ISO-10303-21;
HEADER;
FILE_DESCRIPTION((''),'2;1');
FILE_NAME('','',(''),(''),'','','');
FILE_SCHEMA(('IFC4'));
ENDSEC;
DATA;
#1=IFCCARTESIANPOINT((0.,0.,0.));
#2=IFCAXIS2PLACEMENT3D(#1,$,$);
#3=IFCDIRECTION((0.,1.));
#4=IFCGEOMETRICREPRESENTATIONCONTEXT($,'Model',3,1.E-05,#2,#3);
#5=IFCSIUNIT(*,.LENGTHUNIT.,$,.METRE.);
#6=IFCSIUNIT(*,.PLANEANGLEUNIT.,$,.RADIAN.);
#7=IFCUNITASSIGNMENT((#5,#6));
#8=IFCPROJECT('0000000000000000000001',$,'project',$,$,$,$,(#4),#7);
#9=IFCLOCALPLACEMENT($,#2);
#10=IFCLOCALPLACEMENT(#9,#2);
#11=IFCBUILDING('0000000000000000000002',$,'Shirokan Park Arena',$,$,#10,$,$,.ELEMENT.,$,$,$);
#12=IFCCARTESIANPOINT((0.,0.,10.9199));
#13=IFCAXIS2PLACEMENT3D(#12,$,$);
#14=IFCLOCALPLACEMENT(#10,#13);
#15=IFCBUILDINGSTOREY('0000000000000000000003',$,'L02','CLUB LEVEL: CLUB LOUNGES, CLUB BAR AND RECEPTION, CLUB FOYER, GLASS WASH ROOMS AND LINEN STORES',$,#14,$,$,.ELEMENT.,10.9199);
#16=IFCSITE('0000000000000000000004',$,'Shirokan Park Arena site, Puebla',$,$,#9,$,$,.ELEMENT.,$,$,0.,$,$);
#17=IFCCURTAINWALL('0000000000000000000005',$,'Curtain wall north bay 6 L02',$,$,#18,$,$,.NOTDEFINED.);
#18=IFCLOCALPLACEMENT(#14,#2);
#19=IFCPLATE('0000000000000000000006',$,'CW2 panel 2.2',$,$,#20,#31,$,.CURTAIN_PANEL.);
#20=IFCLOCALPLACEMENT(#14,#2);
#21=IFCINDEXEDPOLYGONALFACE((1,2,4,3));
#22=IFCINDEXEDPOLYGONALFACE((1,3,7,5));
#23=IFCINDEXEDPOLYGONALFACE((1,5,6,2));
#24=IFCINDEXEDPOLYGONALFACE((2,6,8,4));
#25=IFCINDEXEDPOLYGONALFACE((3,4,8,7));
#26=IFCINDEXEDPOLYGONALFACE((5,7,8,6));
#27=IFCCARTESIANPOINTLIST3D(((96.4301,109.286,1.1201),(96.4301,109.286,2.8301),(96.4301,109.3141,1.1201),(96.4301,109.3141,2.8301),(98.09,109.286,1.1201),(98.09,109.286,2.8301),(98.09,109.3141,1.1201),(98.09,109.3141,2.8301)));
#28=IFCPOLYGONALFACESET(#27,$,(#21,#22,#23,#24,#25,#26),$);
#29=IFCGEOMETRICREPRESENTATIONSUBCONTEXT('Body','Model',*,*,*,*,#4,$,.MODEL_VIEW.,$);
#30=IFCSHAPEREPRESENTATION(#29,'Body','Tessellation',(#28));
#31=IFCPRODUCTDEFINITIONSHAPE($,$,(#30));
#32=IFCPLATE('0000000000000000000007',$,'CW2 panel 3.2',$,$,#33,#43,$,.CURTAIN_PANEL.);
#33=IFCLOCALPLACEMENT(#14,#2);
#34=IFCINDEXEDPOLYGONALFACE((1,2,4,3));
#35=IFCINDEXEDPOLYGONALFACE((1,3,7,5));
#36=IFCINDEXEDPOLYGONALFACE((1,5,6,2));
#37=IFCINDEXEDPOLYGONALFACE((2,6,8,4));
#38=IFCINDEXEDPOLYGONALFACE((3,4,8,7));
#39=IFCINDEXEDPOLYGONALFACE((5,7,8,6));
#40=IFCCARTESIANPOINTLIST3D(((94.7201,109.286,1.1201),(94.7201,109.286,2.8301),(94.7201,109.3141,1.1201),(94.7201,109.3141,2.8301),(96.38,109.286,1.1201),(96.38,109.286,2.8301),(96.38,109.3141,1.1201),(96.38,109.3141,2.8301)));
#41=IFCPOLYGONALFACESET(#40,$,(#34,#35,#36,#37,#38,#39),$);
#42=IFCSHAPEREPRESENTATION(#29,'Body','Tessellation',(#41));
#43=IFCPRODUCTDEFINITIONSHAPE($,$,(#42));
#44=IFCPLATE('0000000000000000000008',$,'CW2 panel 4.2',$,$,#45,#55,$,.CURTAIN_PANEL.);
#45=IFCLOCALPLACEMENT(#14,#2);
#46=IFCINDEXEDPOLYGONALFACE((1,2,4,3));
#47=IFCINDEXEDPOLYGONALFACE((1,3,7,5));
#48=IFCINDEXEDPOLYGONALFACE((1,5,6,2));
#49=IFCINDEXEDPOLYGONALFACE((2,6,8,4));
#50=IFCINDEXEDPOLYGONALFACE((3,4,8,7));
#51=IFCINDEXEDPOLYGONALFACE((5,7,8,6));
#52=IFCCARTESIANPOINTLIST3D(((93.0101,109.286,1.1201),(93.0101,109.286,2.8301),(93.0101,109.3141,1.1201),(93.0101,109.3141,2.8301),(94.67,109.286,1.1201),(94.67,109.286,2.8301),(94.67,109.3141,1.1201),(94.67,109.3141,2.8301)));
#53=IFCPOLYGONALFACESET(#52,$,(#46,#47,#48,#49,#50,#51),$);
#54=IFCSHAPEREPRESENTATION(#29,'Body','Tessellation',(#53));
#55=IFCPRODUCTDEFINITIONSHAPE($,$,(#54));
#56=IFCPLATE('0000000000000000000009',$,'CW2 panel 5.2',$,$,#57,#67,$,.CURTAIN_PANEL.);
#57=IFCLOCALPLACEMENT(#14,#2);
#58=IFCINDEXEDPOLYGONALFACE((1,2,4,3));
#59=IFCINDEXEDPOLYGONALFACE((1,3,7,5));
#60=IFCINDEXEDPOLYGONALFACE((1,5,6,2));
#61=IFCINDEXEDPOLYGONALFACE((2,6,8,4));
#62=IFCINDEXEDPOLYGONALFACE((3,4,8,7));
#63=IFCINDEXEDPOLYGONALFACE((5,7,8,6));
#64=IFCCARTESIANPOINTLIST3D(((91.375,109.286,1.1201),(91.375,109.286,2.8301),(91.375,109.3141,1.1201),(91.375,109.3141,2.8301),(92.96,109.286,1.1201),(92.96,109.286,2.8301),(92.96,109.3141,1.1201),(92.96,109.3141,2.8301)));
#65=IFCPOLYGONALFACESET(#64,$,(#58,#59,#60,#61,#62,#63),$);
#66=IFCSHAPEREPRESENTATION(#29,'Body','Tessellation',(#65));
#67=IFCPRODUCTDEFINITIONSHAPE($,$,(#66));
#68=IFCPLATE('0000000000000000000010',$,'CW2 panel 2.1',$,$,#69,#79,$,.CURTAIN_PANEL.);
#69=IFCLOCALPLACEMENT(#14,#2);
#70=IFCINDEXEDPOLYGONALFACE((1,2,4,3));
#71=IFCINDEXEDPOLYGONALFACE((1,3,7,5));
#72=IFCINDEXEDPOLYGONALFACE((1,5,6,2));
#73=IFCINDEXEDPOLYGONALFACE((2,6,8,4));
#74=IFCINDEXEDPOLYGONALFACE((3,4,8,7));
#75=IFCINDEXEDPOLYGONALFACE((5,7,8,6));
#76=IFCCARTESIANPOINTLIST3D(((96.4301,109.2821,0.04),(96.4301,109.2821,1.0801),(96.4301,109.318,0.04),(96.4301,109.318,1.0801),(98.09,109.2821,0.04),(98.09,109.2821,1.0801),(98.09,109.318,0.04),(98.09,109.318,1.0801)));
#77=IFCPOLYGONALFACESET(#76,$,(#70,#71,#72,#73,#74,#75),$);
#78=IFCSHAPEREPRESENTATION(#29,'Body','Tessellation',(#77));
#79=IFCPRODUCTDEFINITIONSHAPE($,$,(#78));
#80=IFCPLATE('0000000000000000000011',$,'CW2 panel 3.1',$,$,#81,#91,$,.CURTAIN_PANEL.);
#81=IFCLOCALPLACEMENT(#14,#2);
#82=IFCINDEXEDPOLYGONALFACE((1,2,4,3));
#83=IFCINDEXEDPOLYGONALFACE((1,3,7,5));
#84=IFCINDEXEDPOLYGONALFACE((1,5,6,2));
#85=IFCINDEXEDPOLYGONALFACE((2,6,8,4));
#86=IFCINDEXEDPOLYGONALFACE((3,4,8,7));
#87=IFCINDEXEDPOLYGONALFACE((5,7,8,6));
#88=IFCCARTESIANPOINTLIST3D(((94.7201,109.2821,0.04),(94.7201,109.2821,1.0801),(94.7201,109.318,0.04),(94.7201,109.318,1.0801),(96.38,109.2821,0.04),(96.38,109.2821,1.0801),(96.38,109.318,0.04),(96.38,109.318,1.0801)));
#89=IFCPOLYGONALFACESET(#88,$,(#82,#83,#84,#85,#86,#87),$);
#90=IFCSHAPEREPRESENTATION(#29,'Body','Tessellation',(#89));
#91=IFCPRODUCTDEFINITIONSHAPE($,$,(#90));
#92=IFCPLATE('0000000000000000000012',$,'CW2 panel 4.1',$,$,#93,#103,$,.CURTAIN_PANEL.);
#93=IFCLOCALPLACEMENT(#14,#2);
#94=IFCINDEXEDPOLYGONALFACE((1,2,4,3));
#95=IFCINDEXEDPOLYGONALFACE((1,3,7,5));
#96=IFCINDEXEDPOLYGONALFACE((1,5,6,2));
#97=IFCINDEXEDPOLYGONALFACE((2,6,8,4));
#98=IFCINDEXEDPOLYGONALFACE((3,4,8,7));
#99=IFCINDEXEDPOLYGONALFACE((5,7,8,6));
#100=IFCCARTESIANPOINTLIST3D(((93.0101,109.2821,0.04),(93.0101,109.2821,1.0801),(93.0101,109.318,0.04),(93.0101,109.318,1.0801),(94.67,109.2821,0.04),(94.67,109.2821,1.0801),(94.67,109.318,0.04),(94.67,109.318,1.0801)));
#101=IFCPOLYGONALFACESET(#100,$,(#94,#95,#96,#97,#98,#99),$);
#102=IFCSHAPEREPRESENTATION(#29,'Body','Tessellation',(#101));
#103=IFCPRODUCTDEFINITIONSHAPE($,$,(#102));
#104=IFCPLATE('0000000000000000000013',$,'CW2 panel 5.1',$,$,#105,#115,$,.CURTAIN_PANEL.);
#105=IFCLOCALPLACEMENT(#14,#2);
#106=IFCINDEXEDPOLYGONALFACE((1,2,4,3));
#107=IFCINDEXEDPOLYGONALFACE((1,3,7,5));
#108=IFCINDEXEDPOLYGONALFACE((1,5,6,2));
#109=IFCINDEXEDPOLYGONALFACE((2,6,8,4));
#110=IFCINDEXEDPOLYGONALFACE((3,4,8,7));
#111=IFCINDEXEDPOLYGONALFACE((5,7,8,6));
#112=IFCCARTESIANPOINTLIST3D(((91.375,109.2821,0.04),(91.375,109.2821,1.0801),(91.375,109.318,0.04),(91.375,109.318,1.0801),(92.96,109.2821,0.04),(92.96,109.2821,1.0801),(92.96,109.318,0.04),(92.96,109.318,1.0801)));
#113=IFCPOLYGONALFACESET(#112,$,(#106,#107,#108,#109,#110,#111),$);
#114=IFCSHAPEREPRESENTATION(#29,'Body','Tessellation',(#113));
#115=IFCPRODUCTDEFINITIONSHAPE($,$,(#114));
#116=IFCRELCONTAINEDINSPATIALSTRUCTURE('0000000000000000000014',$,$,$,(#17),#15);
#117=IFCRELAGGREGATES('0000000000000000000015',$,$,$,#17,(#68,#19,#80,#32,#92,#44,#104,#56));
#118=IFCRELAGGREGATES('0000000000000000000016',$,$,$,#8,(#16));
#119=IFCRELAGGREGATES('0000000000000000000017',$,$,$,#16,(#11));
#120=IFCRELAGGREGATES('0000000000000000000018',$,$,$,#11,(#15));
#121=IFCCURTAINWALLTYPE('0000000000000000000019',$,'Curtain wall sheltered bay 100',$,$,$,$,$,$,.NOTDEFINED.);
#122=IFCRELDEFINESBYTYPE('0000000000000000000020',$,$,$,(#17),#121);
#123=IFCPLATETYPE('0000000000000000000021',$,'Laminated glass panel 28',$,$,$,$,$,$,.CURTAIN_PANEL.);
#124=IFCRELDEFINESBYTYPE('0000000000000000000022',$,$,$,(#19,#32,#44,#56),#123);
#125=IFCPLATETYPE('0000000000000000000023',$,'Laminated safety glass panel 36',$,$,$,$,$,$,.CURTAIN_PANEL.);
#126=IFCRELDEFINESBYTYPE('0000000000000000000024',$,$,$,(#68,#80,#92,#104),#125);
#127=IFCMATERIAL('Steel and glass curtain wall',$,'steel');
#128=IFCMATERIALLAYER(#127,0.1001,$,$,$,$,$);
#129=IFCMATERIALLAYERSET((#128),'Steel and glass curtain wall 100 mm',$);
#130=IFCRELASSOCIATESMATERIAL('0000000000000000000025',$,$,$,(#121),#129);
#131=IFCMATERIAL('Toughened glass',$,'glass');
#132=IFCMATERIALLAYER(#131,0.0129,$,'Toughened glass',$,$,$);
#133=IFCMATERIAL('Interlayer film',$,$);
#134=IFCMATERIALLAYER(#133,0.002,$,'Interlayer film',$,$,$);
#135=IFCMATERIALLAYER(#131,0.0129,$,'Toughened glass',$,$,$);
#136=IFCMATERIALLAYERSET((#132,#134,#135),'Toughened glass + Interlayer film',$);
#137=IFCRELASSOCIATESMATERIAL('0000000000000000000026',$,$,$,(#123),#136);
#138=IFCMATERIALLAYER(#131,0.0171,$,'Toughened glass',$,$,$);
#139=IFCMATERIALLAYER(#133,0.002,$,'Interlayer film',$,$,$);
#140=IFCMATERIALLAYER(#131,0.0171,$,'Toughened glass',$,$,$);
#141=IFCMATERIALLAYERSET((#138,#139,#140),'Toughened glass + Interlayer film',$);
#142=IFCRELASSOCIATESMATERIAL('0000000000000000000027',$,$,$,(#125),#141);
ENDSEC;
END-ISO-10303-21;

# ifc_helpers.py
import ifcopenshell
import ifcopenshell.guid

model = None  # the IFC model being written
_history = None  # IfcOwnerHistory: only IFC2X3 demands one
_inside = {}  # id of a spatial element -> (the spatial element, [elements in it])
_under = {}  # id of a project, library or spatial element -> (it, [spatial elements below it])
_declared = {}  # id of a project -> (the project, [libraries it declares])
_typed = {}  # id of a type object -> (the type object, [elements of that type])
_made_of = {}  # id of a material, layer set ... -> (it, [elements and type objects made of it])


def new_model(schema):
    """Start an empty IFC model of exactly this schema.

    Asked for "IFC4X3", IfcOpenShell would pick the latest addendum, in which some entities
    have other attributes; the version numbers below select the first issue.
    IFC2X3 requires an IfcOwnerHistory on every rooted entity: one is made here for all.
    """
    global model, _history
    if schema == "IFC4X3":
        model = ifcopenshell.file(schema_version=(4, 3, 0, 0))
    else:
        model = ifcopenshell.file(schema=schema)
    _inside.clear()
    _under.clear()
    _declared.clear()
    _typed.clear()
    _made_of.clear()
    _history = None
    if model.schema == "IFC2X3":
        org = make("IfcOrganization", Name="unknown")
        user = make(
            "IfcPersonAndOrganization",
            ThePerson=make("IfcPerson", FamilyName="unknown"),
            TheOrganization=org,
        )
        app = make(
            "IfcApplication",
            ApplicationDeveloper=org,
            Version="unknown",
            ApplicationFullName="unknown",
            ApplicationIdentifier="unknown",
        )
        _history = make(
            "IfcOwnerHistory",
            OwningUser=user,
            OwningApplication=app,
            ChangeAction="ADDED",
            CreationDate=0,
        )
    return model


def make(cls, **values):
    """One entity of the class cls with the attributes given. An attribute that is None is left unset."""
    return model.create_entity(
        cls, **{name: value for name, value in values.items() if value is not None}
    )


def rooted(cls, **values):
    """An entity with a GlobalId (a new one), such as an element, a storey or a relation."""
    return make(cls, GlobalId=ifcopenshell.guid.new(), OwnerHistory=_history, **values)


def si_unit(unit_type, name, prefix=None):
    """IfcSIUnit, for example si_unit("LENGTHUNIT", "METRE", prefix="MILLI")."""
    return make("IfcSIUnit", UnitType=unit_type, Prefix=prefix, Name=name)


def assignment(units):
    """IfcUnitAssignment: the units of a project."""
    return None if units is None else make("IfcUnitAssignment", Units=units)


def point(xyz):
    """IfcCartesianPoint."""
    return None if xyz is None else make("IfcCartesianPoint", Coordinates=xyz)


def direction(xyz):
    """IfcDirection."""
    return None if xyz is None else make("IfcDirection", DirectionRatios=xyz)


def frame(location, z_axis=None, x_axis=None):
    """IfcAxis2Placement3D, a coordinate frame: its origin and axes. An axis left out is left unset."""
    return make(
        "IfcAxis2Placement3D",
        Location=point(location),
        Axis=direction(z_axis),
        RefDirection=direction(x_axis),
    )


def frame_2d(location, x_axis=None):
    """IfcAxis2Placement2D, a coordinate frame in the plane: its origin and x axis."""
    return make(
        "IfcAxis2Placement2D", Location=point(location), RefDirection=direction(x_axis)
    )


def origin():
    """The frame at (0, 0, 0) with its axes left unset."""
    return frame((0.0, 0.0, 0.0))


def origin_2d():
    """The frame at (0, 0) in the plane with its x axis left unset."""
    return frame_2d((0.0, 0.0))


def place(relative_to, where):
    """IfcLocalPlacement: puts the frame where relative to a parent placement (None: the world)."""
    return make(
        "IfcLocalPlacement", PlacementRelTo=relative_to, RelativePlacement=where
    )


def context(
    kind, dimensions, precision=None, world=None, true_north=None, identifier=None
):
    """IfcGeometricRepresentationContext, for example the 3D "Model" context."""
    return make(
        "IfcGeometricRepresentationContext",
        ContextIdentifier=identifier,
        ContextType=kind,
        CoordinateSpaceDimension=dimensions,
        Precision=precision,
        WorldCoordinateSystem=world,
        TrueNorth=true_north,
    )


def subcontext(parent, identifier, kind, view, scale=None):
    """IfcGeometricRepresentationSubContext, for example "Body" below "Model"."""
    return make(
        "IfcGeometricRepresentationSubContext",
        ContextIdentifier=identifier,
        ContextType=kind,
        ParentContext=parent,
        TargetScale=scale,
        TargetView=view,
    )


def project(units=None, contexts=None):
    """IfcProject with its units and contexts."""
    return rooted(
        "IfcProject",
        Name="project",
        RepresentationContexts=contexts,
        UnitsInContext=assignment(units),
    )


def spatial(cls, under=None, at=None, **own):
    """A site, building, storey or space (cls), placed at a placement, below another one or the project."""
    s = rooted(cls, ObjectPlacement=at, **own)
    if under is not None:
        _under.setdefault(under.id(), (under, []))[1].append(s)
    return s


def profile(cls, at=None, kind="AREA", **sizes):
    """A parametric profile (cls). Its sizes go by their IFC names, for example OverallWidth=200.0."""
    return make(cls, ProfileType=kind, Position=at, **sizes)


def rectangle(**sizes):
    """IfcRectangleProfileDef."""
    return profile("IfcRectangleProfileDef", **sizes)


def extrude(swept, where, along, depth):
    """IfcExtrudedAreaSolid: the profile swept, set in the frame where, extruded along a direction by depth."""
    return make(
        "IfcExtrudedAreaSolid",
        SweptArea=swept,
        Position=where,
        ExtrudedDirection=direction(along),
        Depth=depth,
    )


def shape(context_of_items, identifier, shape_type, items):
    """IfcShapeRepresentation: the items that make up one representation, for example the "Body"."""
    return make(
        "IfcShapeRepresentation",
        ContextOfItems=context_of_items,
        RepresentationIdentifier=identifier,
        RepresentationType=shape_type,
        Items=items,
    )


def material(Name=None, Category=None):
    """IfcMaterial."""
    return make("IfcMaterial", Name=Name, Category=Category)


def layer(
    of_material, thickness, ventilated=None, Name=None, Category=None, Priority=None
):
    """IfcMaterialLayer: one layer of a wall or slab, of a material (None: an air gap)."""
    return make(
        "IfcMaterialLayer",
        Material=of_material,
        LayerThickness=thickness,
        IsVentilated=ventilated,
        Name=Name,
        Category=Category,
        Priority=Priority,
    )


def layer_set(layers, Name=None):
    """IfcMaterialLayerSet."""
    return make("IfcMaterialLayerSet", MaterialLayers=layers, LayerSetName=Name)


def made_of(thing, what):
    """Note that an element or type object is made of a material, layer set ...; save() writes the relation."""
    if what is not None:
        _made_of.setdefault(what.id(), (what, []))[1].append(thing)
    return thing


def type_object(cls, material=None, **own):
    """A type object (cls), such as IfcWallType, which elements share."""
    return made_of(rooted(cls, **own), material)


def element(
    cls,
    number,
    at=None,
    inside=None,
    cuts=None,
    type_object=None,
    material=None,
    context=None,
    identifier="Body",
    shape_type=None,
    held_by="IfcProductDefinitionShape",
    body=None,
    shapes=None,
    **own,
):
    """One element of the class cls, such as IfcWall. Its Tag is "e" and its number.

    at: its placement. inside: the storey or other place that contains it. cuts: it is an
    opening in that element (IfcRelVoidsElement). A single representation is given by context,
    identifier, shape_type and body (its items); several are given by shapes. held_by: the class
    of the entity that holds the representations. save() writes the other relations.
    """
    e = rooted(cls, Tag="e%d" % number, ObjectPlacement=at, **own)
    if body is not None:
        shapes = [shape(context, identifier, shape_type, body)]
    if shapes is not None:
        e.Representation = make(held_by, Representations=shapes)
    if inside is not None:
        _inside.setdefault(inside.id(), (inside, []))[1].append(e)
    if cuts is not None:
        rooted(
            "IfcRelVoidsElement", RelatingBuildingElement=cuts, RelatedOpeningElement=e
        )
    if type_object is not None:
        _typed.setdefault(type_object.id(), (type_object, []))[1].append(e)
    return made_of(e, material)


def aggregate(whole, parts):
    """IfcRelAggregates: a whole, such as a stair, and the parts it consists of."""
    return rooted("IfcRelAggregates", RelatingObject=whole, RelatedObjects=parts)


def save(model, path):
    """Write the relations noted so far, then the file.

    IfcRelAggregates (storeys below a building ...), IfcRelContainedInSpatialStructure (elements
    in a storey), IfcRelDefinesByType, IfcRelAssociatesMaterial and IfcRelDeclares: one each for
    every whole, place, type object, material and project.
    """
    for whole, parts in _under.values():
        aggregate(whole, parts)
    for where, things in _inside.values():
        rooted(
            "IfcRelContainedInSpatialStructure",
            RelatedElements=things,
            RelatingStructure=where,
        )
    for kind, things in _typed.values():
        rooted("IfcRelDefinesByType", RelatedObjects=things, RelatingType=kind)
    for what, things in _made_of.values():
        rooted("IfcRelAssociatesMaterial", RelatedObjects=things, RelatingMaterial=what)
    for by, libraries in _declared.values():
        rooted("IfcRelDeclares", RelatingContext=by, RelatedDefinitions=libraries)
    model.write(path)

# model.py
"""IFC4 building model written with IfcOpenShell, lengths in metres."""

from ifc_helpers import new_model, si_unit, direction, frame, origin, origin_2d, place, context, subcontext, project, spatial, rectangle, extrude, material, layer, layer_set, type_object, element, aggregate, save


model = new_model("IFC4")

# Units and contexts
model_context = context("Model", 3, precision=1e-05, world=origin(), true_north=direction((0.0, 1.0)))
body_context = subcontext(model_context, "Body", "Model", "MODEL_VIEW")
ifc_project = project(units=[si_unit("LENGTHUNIT", "METRE"), si_unit("PLANEANGLEUNIT", "RADIAN")], contexts=[model_context])

# Site, building, storey
site_placement = place(None, origin())
site = spatial("IfcSite", under=ifc_project, at=site_placement, Name="Shirokan Park Arena site, Puebla", CompositionType="ELEMENT", RefElevation=0.0)
building_placement = place(site_placement, origin())
building = spatial("IfcBuilding", under=site, at=building_placement, Name="Shirokan Park Arena", CompositionType="ELEMENT")
storey_placement = place(building_placement, frame((0.0, 0.0, 10.9199)))
storey = spatial("IfcBuildingStorey", under=building, at=storey_placement, Name="L02", Description="CLUB LEVEL: CLUB LOUNGES, CLUB BAR AND RECEPTION, CLUB FOYER, GLASS WASH ROOMS AND LINEN STORES", CompositionType="ELEMENT", Elevation=10.9199)

# Curtain wall, plates
ifc_material_1 = material(Name="Steel and glass curtain wall", Category="steel")
ifc_layer_1 = layer(ifc_material_1, 0.1001)
ifc_layer_set_1 = layer_set([ifc_layer_1], Name="Steel and glass curtain wall 100 mm")
curtain_wall_type = type_object("IfcCurtainWallType", Name="Curtain wall sheltered bay 100", PredefinedType="NOTDEFINED", material=ifc_layer_set_1)
curtain_wall_placement = place(storey_placement, origin())
curtain_wall = element("IfcCurtainWall", 1, at=curtain_wall_placement, inside=storey, type_object=curtain_wall_type, Name="Curtain wall north bay 6 L02", PredefinedType="NOTDEFINED")
ifc_material_2 = material(Name="Toughened glass", Category="glass")
ifc_layer_2 = layer(ifc_material_2, 0.0129, Name="Toughened glass")
ifc_material_3 = material(Name="Interlayer film")
ifc_layer_3 = layer(ifc_material_3, 0.002, Name="Interlayer film")
ifc_layer_4 = layer(ifc_material_2, 0.0129, Name="Toughened glass")
ifc_layer_set_2 = layer_set([ifc_layer_2, ifc_layer_3, ifc_layer_4], Name="Toughened glass + Interlayer film")
plate_type_1 = type_object("IfcPlateType", Name="Laminated glass panel 28", PredefinedType="CURTAIN_PANEL", material=ifc_layer_set_2)
plate_1_placement = place(storey_placement, frame((97.26, 109.3, 1.1201), z_axis=(0.0, 0.0, 1.0), x_axis=(-1.0, 0.0, 0.0)))
plate_1 = element("IfcPlate", 2, at=plate_1_placement, type_object=plate_type_1, Name="CW2 panel 2.2", PredefinedType="CURTAIN_PANEL", context=body_context, shape_type="SweptSolid", body=[
    extrude(rectangle(XDim=1.6599, YDim=0.0281, at=origin_2d()), origin(), (0.0, 0.0, 1.0), 1.71),
])
plate_2_placement = place(storey_placement, frame((95.55, 109.3, 1.1201), z_axis=(0.0, 0.0, 1.0), x_axis=(-1.0, 0.0, 0.0)))
plate_2 = element("IfcPlate", 3, at=plate_2_placement, type_object=plate_type_1, Name="CW2 panel 3.2", PredefinedType="CURTAIN_PANEL", context=body_context, shape_type="SweptSolid", body=[
    extrude(rectangle(XDim=1.6599, YDim=0.0281, at=origin_2d()), origin(), (0.0, 0.0, 1.0), 1.71),
])
plate_3_placement = place(storey_placement, frame((93.8401, 109.3, 1.1201), z_axis=(0.0, 0.0, 1.0), x_axis=(-1.0, 0.0, 0.0)))
plate_3 = element("IfcPlate", 4, at=plate_3_placement, type_object=plate_type_1, Name="CW2 panel 4.2", PredefinedType="CURTAIN_PANEL", context=body_context, shape_type="SweptSolid", body=[
    extrude(rectangle(XDim=1.6599, YDim=0.0281, at=origin_2d()), origin(), (0.0, 0.0, 1.0), 1.71),
])
plate_4_placement = place(storey_placement, frame((92.1675, 109.3, 1.1201), z_axis=(0.0, 0.0, 1.0), x_axis=(-1.0, 0.0, 0.0)))
plate_4 = element("IfcPlate", 5, at=plate_4_placement, type_object=plate_type_1, Name="CW2 panel 5.2", PredefinedType="CURTAIN_PANEL", context=body_context, shape_type="SweptSolid", body=[
    extrude(rectangle(XDim=1.585, YDim=0.0281, at=origin_2d()), origin(), (0.0, 0.0, 1.0), 1.71),
])
ifc_layer_5 = layer(ifc_material_2, 0.0171, Name="Toughened glass")
ifc_layer_6 = layer(ifc_material_3, 0.002, Name="Interlayer film")
ifc_layer_7 = layer(ifc_material_2, 0.0171, Name="Toughened glass")
ifc_layer_set_3 = layer_set([ifc_layer_5, ifc_layer_6, ifc_layer_7], Name="Toughened glass + Interlayer film")
plate_type_2 = type_object("IfcPlateType", Name="Laminated safety glass panel 36", PredefinedType="CURTAIN_PANEL", material=ifc_layer_set_3)
plate_5_placement = place(storey_placement, frame((97.26, 109.3, 0.04), z_axis=(0.0, 0.0, 1.0), x_axis=(-1.0, 0.0, 0.0)))
plate_5 = element("IfcPlate", 6, at=plate_5_placement, type_object=plate_type_2, Name="CW2 panel 2.1", PredefinedType="CURTAIN_PANEL", context=body_context, shape_type="SweptSolid", body=[
    extrude(rectangle(XDim=1.6599, YDim=0.0359, at=origin_2d()), origin(), (0.0, 0.0, 1.0), 1.04),
])
plate_6_placement = place(storey_placement, frame((95.55, 109.3, 0.04), z_axis=(0.0, 0.0, 1.0), x_axis=(-1.0, 0.0, 0.0)))
plate_6 = element("IfcPlate", 7, at=plate_6_placement, type_object=plate_type_2, Name="CW2 panel 3.1", PredefinedType="CURTAIN_PANEL", context=body_context, shape_type="SweptSolid", body=[
    extrude(rectangle(XDim=1.6599, YDim=0.0359, at=origin_2d()), origin(), (0.0, 0.0, 1.0), 1.04),
])
plate_7_placement = place(storey_placement, frame((93.8401, 109.3, 0.04), z_axis=(0.0, 0.0, 1.0), x_axis=(-1.0, 0.0, 0.0)))
plate_7 = element("IfcPlate", 8, at=plate_7_placement, type_object=plate_type_2, Name="CW2 panel 4.1", PredefinedType="CURTAIN_PANEL", context=body_context, shape_type="SweptSolid", body=[
    extrude(rectangle(XDim=1.6599, YDim=0.0359, at=origin_2d()), origin(), (0.0, 0.0, 1.0), 1.04),
])
plate_8_placement = place(storey_placement, frame((92.1675, 109.3, 0.04), z_axis=(0.0, 0.0, 1.0), x_axis=(-1.0, 0.0, 0.0)))
plate_8 = element("IfcPlate", 9, at=plate_8_placement, type_object=plate_type_2, Name="CW2 panel 5.1", PredefinedType="CURTAIN_PANEL", context=body_context, shape_type="SweptSolid", body=[
    extrude(rectangle(XDim=1.585, YDim=0.0359, at=origin_2d()), origin(), (0.0, 0.0, 1.0), 1.04),
])
aggregate(curtain_wall, [plate_5, plate_1, plate_6, plate_2, plate_7, plate_3, plate_8, plate_4])

save(model, "model.ifc")
